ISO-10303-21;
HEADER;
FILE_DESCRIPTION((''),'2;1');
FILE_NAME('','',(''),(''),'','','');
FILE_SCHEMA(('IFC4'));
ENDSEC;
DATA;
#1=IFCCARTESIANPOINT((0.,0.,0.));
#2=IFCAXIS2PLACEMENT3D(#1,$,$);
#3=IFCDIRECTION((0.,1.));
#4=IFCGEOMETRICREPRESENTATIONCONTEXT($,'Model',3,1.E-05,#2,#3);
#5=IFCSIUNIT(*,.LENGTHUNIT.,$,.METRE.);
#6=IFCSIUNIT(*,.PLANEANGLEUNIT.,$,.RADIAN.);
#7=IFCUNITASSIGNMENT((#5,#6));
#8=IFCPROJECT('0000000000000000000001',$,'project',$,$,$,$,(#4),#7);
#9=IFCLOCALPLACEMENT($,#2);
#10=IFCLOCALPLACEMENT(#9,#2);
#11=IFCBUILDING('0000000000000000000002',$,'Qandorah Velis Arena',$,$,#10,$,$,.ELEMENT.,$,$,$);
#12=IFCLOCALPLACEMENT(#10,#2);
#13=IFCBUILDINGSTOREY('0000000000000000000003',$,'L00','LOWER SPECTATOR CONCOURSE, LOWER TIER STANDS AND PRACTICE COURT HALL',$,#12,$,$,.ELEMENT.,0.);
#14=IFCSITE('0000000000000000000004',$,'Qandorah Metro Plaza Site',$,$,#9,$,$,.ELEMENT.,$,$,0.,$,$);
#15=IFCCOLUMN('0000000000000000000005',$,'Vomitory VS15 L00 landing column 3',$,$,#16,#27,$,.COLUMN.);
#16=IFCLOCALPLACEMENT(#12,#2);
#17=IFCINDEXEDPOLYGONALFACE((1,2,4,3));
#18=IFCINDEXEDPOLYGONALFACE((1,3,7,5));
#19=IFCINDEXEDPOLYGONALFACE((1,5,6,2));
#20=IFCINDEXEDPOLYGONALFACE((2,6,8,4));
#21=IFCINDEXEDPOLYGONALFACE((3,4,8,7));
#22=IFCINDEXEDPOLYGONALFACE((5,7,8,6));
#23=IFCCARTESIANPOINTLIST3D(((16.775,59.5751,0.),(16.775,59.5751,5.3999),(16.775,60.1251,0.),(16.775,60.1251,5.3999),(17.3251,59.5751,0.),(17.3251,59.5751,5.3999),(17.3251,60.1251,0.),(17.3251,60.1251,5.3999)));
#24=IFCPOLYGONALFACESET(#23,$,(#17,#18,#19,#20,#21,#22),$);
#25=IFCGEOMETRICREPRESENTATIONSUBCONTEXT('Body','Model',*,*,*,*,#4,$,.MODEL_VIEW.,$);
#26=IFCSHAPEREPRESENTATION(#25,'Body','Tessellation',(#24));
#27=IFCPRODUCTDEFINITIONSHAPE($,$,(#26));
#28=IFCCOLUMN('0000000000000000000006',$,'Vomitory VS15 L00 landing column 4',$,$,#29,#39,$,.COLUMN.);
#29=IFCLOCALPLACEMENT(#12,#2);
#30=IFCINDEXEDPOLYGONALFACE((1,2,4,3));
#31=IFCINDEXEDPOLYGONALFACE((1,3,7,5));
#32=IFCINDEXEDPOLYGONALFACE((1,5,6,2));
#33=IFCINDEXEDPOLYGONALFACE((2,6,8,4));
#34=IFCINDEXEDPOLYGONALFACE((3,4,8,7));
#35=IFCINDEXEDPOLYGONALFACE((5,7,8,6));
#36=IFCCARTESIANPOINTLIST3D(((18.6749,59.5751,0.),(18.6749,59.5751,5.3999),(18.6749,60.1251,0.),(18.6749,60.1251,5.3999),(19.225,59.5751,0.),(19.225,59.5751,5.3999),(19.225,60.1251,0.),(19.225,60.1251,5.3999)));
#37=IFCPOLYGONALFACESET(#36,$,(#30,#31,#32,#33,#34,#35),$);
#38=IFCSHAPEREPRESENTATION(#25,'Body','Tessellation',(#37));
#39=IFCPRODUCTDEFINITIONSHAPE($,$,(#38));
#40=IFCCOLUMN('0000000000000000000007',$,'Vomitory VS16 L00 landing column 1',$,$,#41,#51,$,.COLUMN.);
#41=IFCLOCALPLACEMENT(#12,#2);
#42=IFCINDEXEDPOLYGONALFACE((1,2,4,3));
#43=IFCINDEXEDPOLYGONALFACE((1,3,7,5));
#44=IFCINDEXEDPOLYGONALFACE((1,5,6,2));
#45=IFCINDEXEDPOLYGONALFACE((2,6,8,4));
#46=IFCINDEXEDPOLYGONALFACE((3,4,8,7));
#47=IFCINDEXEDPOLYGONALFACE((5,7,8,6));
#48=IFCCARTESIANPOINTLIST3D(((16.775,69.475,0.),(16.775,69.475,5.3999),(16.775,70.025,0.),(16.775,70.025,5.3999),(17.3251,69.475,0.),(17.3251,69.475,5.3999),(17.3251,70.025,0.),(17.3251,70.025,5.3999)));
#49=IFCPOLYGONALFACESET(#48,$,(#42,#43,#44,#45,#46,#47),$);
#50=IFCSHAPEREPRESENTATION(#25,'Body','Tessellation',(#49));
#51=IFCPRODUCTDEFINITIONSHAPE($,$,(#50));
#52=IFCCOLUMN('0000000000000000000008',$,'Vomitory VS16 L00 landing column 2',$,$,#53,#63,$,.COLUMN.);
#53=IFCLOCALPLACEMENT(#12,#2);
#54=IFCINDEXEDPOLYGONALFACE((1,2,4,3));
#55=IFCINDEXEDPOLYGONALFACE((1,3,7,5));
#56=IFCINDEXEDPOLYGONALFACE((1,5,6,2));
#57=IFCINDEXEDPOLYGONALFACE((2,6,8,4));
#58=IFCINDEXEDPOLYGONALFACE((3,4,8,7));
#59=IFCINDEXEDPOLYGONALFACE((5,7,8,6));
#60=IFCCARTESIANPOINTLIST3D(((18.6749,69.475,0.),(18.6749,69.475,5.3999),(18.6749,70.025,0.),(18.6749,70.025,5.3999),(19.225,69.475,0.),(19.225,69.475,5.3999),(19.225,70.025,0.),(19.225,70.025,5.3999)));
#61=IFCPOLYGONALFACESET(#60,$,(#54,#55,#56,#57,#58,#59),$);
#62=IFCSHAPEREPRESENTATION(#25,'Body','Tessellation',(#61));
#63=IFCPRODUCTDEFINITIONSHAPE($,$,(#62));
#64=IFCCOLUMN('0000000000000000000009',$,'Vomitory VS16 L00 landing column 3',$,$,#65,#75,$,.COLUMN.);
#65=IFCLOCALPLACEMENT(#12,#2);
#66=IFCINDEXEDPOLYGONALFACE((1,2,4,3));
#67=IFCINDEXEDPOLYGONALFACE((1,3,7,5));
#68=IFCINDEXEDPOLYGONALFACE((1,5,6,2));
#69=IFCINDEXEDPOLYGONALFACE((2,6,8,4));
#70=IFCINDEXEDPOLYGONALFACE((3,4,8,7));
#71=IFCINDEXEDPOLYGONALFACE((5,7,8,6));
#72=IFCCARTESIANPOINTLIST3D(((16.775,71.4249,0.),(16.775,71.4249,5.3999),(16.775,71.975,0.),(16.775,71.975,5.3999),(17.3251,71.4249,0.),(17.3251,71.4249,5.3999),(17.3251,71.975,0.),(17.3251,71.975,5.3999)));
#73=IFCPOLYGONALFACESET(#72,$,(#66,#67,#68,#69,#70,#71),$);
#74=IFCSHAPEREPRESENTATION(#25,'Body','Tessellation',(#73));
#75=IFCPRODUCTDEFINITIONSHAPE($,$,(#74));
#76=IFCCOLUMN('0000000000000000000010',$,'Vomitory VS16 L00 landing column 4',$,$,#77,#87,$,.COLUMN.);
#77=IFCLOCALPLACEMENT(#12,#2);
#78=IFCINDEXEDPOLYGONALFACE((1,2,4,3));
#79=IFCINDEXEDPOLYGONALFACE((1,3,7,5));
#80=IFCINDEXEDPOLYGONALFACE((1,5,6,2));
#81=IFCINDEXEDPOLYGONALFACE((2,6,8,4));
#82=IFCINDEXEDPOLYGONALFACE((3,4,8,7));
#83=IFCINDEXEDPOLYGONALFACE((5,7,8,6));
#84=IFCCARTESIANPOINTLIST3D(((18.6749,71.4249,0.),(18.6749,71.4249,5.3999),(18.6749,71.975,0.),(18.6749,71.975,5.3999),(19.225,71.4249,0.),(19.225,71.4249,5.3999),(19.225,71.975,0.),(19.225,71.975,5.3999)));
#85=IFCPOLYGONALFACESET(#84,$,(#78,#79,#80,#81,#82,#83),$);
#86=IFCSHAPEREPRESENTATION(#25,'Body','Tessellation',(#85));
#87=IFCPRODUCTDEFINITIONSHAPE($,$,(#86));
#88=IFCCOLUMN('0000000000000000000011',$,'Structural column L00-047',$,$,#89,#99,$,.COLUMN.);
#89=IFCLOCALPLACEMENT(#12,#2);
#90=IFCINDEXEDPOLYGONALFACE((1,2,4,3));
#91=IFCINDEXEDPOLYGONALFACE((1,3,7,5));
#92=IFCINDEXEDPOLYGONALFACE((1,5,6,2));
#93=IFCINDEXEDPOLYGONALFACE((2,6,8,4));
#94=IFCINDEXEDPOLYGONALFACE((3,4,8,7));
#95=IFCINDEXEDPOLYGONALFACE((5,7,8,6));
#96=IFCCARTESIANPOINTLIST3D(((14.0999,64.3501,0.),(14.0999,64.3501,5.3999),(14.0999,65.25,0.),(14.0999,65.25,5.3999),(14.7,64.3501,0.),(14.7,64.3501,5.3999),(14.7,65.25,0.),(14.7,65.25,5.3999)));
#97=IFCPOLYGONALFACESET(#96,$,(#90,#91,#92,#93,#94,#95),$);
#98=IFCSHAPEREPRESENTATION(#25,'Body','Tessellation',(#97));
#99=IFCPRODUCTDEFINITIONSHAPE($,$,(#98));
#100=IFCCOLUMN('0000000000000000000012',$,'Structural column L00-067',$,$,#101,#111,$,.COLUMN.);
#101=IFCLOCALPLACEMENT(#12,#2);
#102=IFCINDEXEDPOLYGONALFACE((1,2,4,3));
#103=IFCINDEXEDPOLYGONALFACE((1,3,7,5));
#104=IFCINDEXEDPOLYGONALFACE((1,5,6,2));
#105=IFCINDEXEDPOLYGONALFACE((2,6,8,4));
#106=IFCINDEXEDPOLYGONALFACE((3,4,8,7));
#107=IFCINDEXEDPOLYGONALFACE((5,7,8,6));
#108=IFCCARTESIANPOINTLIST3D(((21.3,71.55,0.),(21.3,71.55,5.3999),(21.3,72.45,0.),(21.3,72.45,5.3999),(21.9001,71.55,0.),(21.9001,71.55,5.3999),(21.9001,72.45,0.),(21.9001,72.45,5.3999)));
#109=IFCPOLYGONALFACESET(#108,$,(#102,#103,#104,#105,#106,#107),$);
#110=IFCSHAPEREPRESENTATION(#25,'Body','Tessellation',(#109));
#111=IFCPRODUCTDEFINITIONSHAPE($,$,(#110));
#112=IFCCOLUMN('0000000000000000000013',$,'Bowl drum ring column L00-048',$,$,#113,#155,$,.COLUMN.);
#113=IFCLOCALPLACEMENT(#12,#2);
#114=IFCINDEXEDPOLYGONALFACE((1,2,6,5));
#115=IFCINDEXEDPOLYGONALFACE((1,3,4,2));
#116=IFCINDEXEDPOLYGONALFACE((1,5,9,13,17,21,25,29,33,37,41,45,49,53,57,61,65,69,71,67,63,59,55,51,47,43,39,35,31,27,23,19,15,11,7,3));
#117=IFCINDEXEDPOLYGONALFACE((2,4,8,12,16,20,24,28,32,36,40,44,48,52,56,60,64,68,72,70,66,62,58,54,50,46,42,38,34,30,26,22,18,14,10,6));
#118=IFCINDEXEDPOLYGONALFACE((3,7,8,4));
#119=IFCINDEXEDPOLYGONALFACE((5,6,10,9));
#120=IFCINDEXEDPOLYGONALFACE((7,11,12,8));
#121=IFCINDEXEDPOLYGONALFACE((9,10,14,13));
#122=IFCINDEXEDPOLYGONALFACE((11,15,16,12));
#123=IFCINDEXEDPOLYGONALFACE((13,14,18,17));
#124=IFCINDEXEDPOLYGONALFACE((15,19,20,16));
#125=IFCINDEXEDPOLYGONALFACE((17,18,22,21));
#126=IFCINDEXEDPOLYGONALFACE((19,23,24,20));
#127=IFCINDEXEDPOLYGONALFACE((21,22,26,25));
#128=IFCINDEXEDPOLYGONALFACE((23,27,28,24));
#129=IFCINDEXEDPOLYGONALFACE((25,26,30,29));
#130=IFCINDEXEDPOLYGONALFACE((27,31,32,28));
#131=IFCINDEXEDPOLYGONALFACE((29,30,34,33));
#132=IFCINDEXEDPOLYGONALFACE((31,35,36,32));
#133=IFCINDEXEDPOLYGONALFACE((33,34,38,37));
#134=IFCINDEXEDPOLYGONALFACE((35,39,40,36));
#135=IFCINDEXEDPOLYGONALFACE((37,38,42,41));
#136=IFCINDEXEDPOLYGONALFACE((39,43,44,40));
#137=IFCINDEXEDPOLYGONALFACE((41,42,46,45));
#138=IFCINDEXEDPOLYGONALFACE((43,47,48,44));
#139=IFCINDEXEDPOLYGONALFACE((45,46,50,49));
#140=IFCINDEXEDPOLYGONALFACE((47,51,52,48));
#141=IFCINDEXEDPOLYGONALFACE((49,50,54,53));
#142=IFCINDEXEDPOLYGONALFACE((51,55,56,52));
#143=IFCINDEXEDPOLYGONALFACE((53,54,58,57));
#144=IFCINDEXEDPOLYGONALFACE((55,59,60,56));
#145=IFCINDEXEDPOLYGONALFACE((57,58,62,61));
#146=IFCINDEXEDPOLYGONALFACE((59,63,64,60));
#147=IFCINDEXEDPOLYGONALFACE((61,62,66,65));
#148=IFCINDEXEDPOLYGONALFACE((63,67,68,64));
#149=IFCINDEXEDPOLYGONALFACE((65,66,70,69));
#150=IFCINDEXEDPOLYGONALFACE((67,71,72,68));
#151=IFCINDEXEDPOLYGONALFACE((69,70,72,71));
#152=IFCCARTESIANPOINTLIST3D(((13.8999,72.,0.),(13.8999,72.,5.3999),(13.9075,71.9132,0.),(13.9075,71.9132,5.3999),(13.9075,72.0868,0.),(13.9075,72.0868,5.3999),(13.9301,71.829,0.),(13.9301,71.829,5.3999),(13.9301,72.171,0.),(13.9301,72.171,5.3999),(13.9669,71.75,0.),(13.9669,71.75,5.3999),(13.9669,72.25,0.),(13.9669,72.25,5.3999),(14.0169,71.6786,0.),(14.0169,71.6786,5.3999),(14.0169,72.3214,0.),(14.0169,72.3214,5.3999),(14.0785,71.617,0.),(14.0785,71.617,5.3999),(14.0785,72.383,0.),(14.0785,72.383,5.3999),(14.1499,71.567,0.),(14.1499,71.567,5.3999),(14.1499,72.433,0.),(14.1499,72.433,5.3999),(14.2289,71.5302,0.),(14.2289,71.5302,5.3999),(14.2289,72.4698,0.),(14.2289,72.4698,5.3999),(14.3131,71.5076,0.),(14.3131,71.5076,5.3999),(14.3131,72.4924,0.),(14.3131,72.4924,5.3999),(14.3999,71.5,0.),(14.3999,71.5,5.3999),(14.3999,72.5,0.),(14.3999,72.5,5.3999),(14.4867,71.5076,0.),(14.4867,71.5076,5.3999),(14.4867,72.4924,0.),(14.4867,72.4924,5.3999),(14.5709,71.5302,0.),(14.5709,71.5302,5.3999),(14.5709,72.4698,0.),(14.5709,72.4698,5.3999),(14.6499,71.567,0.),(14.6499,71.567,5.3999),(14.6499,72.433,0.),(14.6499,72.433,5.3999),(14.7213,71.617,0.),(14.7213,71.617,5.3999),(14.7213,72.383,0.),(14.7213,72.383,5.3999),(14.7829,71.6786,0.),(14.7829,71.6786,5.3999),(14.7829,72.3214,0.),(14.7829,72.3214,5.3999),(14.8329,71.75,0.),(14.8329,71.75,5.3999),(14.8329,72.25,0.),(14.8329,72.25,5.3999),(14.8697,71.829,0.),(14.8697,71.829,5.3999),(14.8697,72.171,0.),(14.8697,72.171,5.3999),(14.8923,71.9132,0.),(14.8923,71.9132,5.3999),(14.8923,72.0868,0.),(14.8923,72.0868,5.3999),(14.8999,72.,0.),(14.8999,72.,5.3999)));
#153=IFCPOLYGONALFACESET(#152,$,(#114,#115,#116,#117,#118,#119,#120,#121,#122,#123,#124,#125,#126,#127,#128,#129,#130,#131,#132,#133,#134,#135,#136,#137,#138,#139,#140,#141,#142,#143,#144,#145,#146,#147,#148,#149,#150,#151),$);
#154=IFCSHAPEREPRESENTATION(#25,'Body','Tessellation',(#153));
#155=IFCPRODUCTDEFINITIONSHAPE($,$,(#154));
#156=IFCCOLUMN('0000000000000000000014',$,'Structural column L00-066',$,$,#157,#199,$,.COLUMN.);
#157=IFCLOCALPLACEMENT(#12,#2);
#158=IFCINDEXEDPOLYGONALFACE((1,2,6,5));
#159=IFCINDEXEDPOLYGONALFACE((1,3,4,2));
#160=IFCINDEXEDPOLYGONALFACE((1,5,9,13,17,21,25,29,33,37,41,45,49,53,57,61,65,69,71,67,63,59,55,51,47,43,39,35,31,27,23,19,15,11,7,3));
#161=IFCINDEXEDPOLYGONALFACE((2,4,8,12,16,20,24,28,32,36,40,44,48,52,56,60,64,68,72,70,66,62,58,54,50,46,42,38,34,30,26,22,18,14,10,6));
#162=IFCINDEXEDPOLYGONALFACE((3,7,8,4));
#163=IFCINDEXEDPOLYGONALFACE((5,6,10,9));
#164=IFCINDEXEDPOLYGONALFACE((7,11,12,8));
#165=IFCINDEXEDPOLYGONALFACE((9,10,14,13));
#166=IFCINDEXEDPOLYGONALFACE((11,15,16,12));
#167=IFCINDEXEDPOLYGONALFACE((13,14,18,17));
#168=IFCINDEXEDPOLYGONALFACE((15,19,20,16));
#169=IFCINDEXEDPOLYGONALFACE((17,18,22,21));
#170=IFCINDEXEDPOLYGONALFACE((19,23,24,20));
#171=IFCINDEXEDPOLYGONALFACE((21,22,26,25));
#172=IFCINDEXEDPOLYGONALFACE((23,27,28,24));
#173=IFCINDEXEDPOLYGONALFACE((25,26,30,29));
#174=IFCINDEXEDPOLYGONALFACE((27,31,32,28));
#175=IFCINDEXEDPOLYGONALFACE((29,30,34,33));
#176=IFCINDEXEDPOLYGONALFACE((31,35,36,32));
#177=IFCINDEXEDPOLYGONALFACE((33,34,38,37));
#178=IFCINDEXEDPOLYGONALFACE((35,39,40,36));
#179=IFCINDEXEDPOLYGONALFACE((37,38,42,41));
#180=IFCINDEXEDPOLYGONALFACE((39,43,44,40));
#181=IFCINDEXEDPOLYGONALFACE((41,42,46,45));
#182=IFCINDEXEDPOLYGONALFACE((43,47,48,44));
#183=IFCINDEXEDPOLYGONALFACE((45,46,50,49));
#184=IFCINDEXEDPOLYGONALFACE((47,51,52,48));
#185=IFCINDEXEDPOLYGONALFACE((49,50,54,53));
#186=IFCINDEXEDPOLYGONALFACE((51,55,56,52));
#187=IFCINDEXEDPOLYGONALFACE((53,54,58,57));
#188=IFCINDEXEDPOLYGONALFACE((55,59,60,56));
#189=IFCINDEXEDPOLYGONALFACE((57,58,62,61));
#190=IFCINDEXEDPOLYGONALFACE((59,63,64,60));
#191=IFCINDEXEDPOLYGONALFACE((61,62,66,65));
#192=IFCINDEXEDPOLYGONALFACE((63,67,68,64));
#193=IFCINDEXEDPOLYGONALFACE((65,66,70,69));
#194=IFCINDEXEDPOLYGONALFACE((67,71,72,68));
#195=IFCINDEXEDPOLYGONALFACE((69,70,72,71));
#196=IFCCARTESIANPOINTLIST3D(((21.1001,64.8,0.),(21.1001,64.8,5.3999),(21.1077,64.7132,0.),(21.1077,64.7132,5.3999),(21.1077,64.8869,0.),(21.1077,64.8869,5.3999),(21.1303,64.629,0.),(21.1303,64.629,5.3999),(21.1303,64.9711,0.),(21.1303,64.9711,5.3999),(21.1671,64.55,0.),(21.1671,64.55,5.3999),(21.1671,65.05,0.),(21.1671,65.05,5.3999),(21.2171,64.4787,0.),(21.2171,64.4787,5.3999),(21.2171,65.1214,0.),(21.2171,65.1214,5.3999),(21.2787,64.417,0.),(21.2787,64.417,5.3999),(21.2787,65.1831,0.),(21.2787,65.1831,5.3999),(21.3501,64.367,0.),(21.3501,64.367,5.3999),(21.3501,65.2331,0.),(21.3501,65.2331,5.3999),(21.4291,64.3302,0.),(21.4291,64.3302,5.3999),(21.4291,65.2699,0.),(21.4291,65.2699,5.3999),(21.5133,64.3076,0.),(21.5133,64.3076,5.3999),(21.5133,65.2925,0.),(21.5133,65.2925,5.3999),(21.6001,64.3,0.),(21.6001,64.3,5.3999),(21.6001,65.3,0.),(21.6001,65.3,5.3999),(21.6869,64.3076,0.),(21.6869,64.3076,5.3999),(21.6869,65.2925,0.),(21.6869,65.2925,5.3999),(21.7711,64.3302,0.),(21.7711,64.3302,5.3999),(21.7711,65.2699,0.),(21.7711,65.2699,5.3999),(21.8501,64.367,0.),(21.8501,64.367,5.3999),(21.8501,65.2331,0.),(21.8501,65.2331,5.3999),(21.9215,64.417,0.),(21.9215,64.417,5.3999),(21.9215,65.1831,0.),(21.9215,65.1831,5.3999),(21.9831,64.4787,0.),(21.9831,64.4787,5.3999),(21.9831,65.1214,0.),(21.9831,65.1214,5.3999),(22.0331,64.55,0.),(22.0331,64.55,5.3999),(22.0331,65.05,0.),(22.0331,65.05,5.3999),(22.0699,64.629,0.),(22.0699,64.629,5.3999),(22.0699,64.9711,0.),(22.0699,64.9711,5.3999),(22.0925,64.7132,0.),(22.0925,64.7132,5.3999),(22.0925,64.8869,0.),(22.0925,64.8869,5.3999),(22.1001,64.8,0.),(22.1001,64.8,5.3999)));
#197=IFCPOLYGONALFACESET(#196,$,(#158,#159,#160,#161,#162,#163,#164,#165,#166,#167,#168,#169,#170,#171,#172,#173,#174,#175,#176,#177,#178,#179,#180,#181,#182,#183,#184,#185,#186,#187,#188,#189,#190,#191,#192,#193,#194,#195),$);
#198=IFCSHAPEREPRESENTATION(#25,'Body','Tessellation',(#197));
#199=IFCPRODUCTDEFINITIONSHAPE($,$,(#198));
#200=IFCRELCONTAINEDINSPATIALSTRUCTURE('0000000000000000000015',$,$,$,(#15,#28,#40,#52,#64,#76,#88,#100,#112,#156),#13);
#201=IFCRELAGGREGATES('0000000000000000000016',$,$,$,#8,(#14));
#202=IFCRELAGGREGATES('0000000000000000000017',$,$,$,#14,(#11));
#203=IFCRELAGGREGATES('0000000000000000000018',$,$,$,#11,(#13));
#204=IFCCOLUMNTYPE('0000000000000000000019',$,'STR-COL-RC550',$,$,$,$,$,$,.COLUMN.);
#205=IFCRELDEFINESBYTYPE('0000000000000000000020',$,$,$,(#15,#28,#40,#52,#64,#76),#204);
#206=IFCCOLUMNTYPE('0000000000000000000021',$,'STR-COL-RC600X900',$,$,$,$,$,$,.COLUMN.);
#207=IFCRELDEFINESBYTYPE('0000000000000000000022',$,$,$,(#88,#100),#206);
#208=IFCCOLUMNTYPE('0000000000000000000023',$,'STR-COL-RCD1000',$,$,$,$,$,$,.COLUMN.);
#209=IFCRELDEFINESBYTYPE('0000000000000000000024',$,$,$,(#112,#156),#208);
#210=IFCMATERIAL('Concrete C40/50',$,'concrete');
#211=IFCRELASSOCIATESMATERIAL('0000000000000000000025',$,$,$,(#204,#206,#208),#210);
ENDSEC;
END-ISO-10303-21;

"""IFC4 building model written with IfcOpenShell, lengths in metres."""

from ifc_helpers import new_model, si_unit, direction, frame, origin, origin_2d, place, context, subcontext, project, spatial, rectangle, circle, extrude, material, material_profile, profile_set, type_object, element, save


model = new_model("IFC4")

# Units and contexts
model_context = context("Model", 3, precision=1e-05, world=origin(), true_north=direction((0.0, 1.0)))
body_context = subcontext(model_context, "Body", "Model", "MODEL_VIEW")
ifc_project = project(units=[si_unit("LENGTHUNIT", "METRE"), si_unit("PLANEANGLEUNIT", "RADIAN")], contexts=[model_context])

# Site, building, storey
site_placement = place(None, origin())
site = spatial("IfcSite", under=ifc_project, at=site_placement, Name="Qandorah Metro Plaza Site", CompositionType="ELEMENT", RefElevation=0.0)
building_placement = place(site_placement, origin())
building = spatial("IfcBuilding", under=site, at=building_placement, Name="Qandorah Velis Arena", CompositionType="ELEMENT")
storey_placement = place(building_placement, origin())
storey = spatial("IfcBuildingStorey", under=building, at=storey_placement, Name="L00", Description="LOWER SPECTATOR CONCOURSE, LOWER TIER STANDS AND PRACTICE COURT HALL", CompositionType="ELEMENT", Elevation=0.0)

# Columns
ifc_material_1 = material(Name="Concrete C40/50", Category="concrete")
ifc_material_profile_1 = material_profile(ifc_material_1, rectangle(XDim=0.55, YDim=0.55, at=origin_2d()), Name="RC COL 550x550")
ifc_profile_set_1 = profile_set([ifc_material_profile_1], Name="Concrete C40/50")
column_type_1 = type_object("IfcColumnType", Name="STR-COL-RC550", PredefinedType="COLUMN", material=ifc_profile_set_1)
for number, where, z_axis, x_axis, name in (
    (1, (17.05, 59.8501, 0.0), (0.0, 0.0, 1.0), (1.0, 0.0, 0.0), "Vomitory VS15 L00 landing column 3"),
    (2, (18.95, 59.8501, 0.0), (0.0, 0.0, 1.0), (1.0, 0.0, 0.0), "Vomitory VS15 L00 landing column 4"),
    (3, (17.05, 69.75, 0.0), (0.0, 0.0, 1.0), (1.0, 0.0, 0.0), "Vomitory VS16 L00 landing column 1"),
    (4, (18.95, 69.75, 0.0), (0.0, 0.0, 1.0), (1.0, 0.0, 0.0), "Vomitory VS16 L00 landing column 2"),
    (5, (17.05, 71.7, 0.0), (0.0, 0.0, 1.0), (1.0, 0.0, 0.0), "Vomitory VS16 L00 landing column 3"),
    (6, (18.95, 71.7, 0.0), (0.0, 0.0, 1.0), (1.0, 0.0, 0.0), "Vomitory VS16 L00 landing column 4"),
):
    element("IfcColumn", number, at=place(storey_placement, frame(where, z_axis=z_axis, x_axis=x_axis)), inside=storey, type_object=column_type_1, Name=name, PredefinedType="COLUMN", context=body_context, shape_type="SweptSolid", body=[
        extrude(rectangle(XDim=0.55, YDim=0.55, at=origin_2d()), origin(), (0.0, 0.0, 1.0), 5.3999),
    ])
ifc_material_profile_2 = material_profile(ifc_material_1, rectangle(XDim=0.6001, YDim=0.8999, at=origin_2d()), Name="RC COL 600x900")
ifc_profile_set_2 = profile_set([ifc_material_profile_2], Name="Concrete C40/50")
column_type_2 = type_object("IfcColumnType", Name="STR-COL-RC600X900", PredefinedType="COLUMN", material=ifc_profile_set_2)
for number, where, z_axis, x_axis, name in (
    (7, (14.3999, 64.8, 0.0), (0.0, 0.0, 1.0), (1.0, 0.0, 0.0), "Structural column L00-047"),
    (8, (21.6001, 72.0, 0.0), (0.0, 0.0, 1.0), (1.0, 0.0, 0.0), "Structural column L00-067"),
):
    element("IfcColumn", number, at=place(storey_placement, frame(where, z_axis=z_axis, x_axis=x_axis)), inside=storey, type_object=column_type_2, Name=name, PredefinedType="COLUMN", context=body_context, shape_type="SweptSolid", body=[
        extrude(rectangle(XDim=0.6001, YDim=0.8999, at=origin_2d()), origin(), (0.0, 0.0, 1.0), 5.3999),
    ])
ifc_material_profile_3 = material_profile(ifc_material_1, circle(Radius=0.5, at=origin_2d()), Name="RC D1000")
ifc_profile_set_3 = profile_set([ifc_material_profile_3], Name="Concrete C40/50")
column_type_3 = type_object("IfcColumnType", Name="STR-COL-RCD1000", PredefinedType="COLUMN", material=ifc_profile_set_3)
for number, where, z_axis, x_axis, name in (
    (9, (14.3999, 72.0, 0.0), (0.0, 0.0, 1.0), (1.0, 0.0, 0.0), "Bowl drum ring column L00-048"),
    (10, (21.6001, 64.8, 0.0), (0.0, 0.0, 1.0), (1.0, 0.0, 0.0), "Structural column L00-066"),
):
    element("IfcColumn", number, at=place(storey_placement, frame(where, z_axis=z_axis, x_axis=x_axis)), inside=storey, type_object=column_type_3, Name=name, PredefinedType="COLUMN", context=body_context, shape_type="SweptSolid", body=[
        extrude(circle(Radius=0.5, at=origin_2d()), origin(), (0.0, 0.0, 1.0), 5.3999),
    ])

save(model, "model.ifc")
